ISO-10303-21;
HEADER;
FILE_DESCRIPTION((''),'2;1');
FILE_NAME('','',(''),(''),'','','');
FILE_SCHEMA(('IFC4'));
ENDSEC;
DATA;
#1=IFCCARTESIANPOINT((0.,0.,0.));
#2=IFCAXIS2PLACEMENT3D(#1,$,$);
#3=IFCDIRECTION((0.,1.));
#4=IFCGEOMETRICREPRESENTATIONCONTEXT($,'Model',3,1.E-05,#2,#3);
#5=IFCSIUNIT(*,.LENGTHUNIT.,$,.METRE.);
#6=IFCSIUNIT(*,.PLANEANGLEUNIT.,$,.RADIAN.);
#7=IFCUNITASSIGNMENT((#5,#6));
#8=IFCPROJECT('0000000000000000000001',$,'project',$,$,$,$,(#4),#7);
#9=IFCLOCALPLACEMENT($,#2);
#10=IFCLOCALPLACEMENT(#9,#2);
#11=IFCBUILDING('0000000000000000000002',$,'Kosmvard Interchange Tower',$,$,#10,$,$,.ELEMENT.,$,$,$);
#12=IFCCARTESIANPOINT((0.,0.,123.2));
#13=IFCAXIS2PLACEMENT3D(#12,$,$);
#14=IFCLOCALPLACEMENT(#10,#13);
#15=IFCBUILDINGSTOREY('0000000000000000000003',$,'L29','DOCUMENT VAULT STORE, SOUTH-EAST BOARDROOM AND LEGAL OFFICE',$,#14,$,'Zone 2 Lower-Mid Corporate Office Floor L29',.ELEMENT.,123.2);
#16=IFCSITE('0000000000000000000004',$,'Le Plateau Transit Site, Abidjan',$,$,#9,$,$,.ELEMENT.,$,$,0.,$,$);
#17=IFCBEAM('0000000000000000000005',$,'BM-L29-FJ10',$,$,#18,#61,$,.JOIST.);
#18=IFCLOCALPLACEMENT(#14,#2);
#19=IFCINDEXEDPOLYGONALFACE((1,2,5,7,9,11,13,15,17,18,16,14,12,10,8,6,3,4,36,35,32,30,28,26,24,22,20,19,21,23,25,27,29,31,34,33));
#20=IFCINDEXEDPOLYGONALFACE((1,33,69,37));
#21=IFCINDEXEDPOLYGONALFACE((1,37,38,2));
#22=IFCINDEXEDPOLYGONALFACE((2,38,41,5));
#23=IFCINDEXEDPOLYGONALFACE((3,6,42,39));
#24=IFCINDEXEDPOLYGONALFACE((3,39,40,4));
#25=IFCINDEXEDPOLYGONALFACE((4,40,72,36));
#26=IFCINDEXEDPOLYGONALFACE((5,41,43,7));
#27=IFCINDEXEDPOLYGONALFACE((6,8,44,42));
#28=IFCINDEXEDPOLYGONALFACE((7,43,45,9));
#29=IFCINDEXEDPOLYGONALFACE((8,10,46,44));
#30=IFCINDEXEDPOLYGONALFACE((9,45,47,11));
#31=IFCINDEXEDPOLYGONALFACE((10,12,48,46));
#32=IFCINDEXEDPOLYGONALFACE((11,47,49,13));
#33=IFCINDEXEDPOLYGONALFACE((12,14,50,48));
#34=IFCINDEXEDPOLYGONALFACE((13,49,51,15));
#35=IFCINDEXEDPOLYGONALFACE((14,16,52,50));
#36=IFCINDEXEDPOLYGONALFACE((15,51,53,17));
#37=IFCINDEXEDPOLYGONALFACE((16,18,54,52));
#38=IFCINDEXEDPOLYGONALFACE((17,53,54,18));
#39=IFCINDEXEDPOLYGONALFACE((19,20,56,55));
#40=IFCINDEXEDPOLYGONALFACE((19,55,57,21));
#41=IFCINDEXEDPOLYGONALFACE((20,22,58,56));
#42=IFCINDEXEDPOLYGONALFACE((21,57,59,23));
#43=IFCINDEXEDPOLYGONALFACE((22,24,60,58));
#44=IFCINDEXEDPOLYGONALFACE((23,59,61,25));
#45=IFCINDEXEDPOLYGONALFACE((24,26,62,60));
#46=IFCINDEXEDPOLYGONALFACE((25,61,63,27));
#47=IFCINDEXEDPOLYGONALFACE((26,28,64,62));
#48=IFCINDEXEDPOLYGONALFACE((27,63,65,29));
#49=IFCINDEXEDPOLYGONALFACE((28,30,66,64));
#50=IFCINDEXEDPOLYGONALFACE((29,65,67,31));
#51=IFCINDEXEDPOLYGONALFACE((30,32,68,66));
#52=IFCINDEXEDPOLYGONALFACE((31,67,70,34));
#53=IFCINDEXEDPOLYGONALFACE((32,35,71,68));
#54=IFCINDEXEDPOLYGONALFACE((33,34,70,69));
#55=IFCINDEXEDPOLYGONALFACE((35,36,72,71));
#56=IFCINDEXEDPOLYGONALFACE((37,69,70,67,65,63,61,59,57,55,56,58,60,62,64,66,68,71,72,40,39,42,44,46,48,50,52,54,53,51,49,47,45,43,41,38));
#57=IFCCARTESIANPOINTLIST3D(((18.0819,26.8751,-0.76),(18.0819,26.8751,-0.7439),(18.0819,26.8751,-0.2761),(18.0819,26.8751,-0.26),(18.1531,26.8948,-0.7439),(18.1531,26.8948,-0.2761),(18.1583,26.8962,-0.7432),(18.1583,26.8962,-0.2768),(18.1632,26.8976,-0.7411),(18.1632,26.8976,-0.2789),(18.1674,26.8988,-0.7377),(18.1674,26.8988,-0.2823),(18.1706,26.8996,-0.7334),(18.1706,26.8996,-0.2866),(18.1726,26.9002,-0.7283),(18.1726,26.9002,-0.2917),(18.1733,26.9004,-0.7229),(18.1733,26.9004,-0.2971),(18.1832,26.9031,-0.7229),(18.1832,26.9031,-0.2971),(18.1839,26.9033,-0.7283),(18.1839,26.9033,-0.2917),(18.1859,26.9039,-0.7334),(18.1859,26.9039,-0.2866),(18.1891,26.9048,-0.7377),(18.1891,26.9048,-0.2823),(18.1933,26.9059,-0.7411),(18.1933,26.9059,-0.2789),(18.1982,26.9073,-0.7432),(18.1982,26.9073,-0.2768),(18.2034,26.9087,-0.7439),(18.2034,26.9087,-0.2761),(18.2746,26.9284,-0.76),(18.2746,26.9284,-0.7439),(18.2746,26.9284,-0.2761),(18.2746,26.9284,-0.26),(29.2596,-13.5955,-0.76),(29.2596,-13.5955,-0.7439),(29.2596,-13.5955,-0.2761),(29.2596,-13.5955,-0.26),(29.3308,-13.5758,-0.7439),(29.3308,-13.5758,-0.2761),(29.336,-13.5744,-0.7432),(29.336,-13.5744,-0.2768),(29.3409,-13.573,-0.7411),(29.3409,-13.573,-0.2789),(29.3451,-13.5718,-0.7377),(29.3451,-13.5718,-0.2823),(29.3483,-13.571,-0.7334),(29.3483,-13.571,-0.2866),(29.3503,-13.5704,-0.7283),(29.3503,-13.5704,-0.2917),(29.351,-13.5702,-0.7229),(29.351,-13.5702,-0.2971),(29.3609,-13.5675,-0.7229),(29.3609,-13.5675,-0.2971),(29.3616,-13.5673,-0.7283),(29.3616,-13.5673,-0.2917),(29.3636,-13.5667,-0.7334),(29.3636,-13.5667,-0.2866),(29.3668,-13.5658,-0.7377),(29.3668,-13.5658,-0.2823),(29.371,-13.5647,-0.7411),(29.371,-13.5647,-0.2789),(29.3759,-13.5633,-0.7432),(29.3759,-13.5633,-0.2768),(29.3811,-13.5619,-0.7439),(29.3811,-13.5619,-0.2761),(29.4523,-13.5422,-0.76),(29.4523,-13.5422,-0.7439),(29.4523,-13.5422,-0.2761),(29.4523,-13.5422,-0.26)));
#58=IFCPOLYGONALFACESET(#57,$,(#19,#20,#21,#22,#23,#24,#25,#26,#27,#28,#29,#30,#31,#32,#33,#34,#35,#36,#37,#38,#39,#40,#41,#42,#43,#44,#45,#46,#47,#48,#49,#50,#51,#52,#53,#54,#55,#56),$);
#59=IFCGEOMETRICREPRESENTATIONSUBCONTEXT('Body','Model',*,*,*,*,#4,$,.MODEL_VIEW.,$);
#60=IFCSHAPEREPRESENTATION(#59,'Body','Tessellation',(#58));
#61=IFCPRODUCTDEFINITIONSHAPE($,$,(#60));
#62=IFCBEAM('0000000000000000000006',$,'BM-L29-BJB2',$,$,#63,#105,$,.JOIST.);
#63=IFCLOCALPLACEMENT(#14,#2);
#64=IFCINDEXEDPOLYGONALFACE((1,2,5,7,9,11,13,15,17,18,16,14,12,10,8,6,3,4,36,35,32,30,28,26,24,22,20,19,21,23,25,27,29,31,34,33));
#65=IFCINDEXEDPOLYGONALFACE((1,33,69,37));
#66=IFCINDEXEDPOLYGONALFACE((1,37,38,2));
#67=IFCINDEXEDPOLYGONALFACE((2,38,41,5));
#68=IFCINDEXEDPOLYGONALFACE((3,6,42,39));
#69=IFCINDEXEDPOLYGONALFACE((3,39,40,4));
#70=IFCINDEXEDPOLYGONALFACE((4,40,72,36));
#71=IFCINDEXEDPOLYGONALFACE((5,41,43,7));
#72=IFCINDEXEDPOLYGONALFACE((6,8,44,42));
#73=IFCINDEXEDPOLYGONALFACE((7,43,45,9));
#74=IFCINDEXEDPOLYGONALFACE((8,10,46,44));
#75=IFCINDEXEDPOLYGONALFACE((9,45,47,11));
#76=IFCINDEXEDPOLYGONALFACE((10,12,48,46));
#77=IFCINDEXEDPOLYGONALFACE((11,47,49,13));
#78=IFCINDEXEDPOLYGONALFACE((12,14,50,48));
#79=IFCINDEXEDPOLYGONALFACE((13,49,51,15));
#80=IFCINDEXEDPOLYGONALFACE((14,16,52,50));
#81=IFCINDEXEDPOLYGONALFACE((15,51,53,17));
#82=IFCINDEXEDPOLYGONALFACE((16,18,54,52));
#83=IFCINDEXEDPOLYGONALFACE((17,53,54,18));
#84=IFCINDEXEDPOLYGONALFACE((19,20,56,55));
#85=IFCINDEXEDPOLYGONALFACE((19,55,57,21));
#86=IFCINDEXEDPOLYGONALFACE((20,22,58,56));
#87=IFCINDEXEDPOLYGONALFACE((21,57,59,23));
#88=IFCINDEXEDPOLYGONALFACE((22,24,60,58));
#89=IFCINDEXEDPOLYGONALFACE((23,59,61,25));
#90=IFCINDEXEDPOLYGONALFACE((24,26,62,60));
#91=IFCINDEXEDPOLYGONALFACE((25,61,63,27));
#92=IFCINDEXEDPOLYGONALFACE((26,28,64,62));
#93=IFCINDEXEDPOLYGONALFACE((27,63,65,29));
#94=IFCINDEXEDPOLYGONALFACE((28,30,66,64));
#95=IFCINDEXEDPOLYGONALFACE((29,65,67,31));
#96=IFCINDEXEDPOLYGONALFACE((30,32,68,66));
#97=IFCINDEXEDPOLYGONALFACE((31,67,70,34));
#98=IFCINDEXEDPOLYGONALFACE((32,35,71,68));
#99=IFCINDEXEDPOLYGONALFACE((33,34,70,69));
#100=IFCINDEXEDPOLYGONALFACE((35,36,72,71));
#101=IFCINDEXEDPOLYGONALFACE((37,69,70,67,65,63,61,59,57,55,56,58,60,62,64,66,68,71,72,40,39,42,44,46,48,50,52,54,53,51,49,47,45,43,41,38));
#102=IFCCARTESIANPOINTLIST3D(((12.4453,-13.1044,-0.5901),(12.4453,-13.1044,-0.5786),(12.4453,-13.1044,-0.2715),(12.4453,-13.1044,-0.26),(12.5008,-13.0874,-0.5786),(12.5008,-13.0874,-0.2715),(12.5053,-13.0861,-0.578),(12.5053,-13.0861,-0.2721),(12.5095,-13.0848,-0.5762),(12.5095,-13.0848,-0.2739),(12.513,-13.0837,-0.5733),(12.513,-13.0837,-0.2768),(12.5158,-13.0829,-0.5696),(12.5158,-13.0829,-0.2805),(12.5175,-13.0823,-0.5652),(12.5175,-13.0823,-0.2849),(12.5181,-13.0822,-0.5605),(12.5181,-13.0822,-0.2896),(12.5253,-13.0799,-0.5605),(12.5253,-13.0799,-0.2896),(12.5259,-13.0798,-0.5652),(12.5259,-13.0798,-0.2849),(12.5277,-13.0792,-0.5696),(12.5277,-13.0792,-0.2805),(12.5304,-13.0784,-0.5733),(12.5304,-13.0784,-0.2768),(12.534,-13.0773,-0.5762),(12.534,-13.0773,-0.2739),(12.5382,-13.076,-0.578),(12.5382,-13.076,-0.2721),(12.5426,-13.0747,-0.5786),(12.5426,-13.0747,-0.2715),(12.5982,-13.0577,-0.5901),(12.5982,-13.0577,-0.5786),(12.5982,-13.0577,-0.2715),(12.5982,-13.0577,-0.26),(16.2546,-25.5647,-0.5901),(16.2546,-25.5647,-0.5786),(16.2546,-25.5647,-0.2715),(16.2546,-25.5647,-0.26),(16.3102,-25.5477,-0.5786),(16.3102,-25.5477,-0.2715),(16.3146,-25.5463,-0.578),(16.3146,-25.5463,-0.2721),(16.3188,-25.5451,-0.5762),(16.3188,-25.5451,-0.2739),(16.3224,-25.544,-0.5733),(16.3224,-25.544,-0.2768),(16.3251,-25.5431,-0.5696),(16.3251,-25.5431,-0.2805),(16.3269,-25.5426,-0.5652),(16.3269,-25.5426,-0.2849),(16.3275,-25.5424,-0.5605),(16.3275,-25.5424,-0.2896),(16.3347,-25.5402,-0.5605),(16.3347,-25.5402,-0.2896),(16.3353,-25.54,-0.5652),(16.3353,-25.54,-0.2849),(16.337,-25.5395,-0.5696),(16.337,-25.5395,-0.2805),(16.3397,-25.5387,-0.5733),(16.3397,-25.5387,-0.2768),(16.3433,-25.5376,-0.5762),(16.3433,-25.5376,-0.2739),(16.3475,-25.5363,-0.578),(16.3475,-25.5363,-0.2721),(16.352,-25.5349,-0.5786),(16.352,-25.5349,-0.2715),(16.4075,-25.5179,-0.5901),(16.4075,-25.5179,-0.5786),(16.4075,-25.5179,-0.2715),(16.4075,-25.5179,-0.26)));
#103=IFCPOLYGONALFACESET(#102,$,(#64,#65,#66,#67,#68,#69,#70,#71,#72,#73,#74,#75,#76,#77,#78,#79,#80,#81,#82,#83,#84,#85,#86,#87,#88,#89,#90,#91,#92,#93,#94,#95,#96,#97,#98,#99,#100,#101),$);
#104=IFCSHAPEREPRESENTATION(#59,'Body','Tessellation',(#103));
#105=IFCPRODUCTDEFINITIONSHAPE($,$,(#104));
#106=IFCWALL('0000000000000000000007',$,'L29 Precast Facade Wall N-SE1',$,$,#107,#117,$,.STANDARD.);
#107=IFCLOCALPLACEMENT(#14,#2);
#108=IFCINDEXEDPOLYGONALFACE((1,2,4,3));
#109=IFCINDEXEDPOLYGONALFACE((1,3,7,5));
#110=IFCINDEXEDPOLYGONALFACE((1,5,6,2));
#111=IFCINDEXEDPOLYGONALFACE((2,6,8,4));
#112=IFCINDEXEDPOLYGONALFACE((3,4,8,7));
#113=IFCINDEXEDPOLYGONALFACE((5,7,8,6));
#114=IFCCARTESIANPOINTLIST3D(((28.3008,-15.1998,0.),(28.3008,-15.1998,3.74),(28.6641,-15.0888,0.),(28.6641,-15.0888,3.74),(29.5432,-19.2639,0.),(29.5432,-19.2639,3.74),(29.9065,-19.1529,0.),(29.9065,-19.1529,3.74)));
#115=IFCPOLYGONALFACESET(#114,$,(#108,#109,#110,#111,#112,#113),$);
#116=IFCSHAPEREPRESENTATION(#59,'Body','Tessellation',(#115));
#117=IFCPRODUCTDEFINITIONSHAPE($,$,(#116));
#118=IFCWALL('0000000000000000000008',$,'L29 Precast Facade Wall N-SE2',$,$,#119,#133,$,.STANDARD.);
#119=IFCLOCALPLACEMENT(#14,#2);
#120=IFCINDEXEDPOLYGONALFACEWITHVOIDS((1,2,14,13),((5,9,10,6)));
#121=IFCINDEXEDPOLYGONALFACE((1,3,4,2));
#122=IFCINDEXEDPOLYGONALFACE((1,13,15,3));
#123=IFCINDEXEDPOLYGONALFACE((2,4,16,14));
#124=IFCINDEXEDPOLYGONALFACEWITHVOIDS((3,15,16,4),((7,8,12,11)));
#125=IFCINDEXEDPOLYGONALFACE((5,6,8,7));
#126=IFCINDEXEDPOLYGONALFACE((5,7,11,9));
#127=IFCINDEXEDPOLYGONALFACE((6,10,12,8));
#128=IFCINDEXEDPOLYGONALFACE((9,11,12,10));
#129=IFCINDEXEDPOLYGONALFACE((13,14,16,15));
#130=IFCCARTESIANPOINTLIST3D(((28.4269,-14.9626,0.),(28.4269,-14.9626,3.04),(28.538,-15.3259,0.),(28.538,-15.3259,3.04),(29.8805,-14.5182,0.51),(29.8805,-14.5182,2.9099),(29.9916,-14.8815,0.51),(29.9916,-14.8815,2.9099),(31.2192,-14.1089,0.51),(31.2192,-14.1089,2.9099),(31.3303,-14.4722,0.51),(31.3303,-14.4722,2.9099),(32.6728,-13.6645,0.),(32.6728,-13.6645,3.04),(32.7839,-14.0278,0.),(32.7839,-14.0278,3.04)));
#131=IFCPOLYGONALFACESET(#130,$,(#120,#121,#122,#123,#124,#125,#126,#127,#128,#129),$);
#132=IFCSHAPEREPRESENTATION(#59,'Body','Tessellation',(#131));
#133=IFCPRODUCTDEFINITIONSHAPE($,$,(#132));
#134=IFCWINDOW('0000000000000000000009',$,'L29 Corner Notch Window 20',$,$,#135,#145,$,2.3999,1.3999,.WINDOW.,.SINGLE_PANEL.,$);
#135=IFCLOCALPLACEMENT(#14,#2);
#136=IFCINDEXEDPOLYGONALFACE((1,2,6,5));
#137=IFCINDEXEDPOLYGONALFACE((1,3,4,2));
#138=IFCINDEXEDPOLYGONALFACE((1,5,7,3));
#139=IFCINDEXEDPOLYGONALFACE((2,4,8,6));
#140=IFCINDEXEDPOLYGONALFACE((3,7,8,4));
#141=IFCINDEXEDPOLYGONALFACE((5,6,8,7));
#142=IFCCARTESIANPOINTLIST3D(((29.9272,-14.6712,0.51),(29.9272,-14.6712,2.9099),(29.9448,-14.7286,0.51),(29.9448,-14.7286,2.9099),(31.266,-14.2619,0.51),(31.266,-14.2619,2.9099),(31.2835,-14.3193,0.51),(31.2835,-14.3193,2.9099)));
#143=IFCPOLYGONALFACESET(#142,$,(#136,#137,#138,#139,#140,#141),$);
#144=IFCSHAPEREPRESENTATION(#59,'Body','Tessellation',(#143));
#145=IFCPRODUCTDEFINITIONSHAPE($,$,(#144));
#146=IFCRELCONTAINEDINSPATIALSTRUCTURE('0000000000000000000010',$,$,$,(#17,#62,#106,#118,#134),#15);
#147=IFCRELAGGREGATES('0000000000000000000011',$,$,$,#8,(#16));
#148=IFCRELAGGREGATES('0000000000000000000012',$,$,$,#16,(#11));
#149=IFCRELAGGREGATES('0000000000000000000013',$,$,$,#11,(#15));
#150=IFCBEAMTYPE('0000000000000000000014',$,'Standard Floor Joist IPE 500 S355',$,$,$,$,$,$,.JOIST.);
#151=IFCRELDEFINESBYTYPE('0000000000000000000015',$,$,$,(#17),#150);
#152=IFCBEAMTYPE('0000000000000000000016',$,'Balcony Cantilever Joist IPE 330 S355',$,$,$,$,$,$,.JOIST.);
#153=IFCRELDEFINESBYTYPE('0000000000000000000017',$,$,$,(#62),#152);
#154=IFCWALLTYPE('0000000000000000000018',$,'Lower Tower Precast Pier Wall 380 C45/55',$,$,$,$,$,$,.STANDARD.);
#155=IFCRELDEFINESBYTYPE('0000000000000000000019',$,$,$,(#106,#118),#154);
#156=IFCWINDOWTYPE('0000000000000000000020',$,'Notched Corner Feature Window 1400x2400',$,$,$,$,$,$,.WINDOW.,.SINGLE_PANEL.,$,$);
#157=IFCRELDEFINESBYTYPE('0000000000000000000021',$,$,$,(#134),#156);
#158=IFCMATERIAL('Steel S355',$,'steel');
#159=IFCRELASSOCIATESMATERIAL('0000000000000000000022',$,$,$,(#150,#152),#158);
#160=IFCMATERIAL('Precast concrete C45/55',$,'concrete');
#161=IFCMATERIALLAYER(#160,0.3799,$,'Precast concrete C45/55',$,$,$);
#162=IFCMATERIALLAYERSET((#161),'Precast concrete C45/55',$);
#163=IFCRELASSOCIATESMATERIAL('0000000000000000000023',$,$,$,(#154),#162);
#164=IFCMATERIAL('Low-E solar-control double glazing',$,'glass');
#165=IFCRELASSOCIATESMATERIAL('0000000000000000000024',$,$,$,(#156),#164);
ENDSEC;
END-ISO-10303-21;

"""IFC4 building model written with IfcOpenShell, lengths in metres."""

from ifc_helpers import new_model, si_unit, direction, frame, frame_2d, origin, origin_2d, place, context, subcontext, project, spatial, rectangle, i_section, extrude, source, transform, mapped, material, layer, layer_set, material_profile, profile_set, type_object, element, fill, save


model = new_model("IFC4")

# Units and contexts
model_context = context("Model", 3, precision=1e-05, world=origin(), true_north=direction((0.0, 1.0)))
body_context = subcontext(model_context, "Body", "Model", "MODEL_VIEW")
ifc_project = project(units=[si_unit("LENGTHUNIT", "METRE"), si_unit("PLANEANGLEUNIT", "RADIAN")], contexts=[model_context])

# Site, building, storey
site_placement = place(None, origin())
site = spatial("IfcSite", under=ifc_project, at=site_placement, Name="Le Plateau Transit Site, Abidjan", CompositionType="ELEMENT", RefElevation=0.0)
building_placement = place(site_placement, origin())
building = spatial("IfcBuilding", under=site, at=building_placement, Name="Kosmvard Interchange Tower", CompositionType="ELEMENT")
storey_placement = place(building_placement, frame((0.0, 0.0, 123.2)))
storey = spatial("IfcBuildingStorey", under=building, at=storey_placement, Name="L29", Description="DOCUMENT VAULT STORE, SOUTH-EAST BOARDROOM AND LEGAL OFFICE", LongName="Zone 2 Lower-Mid Corporate Office Floor L29", CompositionType="ELEMENT", Elevation=123.2)

# Beams
ifc_material_1 = material(Name="Steel S355", Category="steel")
ifc_material_2 = material(Name="Precast concrete C45/55", Category="concrete")
ifc_material_profile_1 = material_profile(ifc_material_1, i_section(OverallWidth=0.2, OverallDepth=0.5, WebThickness=0.0103, FlangeThickness=0.0161, FilletRadius=0.021, at=origin_2d()), Name="IPE 500")
ifc_profile_set_1 = profile_set([ifc_material_profile_1], Name="Steel S355")
beam_type_1 = type_object("IfcBeamType", Name="Standard Floor Joist IPE 500 S355", PredefinedType="JOIST", material=ifc_profile_set_1)
shared_shape_1 = source(origin(), body_context, "Body", "SweptSolid", [
    extrude(i_section(OverallWidth=0.2, OverallDepth=0.5, WebThickness=0.0103, FlangeThickness=0.0161, FilletRadius=0.021, at=origin_2d()), origin(), (0.0, 0.0, 1.0), 41.9858),
])
beam_1_placement = place(storey_placement, frame((29.356, -13.5688, -0.51), z_axis=(-0.266226, 0.963911, 0.0), x_axis=(-0.963911, -0.266226, 0.0)))
element("IfcBeam", 1, at=beam_1_placement, inside=storey, type_object=beam_type_1, Name="BM-L29-FJ10", PredefinedType="JOIST", context=body_context, shape_type="MappedRepresentation", body=[
    mapped(shared_shape_1, transform((0.0, 0.0, 0.0), scale=1.0)),
])
ifc_material_profile_2 = material_profile(ifc_material_1, i_section(OverallWidth=0.1599, OverallDepth=0.3301, WebThickness=0.0076, FlangeThickness=0.0115, FilletRadius=0.0181, at=origin_2d()), Name="IPE 330")
ifc_profile_set_2 = profile_set([ifc_material_profile_2], Name="Steel S355")
beam_type_2 = type_object("IfcBeamType", Name="Balcony Cantilever Joist IPE 330 S355", PredefinedType="JOIST", material=ifc_profile_set_2)
shared_shape_2 = source(origin(), body_context, "Body", "SweptSolid", [
    extrude(i_section(OverallWidth=0.1599, OverallDepth=0.3301, WebThickness=0.0076, FlangeThickness=0.0115, FilletRadius=0.0181, at=origin_2d()), origin(), (0.0, 0.0, 1.0), 13.0295),
])
beam_2_placement = place(storey_placement, frame((12.5217, -13.0811, -0.425), z_axis=(0.292362, -0.956308, 0.0), x_axis=(0.956308, 0.292362, 0.0)))
element("IfcBeam", 2, at=beam_2_placement, inside=storey, type_object=beam_type_2, Name="BM-L29-BJB2", PredefinedType="JOIST", context=body_context, shape_type="MappedRepresentation", body=[
    mapped(shared_shape_2, transform((0.0, 0.0, 0.0), scale=1.0)),
])

# Wall
ifc_layer_1 = layer(ifc_material_2, 0.3799, Name="Precast concrete C45/55")
ifc_layer_set_1 = layer_set([ifc_layer_1], Name="Precast concrete C45/55")
wall_type_1 = type_object("IfcWallType", Name="Lower Tower Precast Pier Wall 380 C45/55", PredefinedType="STANDARD", material=ifc_layer_set_1)
wall_1_placement = place(storey_placement, frame((29.7249, -19.2085, 0.0), z_axis=(0.0, 0.0, 1.0), x_axis=(-0.292346, 0.956313, 0.0)))
element("IfcWall", 3, at=wall_1_placement, inside=storey, type_object=wall_type_1, Name="L29 Precast Facade Wall N-SE1", PredefinedType="STANDARD", context=body_context, shape_type="SweptSolid", body=[
    extrude(rectangle(XDim=4.2498, YDim=0.3799, at=frame_2d((2.125, 0.0))), origin(), (0.0, 0.0, 1.0), 3.74),
])

# Wall, opening, window
wall_2_placement = place(storey_placement, frame((28.4824, -15.1443, 0.0), z_axis=(0.0, 0.0, 1.0), x_axis=(0.956304, 0.292374, 0.0)))
wall_2 = element("IfcWall", 4, at=wall_2_placement, inside=storey, type_object=wall_type_1, Name="L29 Precast Facade Wall N-SE2", PredefinedType="STANDARD", context=body_context, shape_type="SweptSolid", body=[
    extrude(rectangle(XDim=4.4399, YDim=0.3799, at=frame_2d((2.22, 0.0))), origin(), (0.0, 0.0, 1.0), 3.04),
])
opening_1_placement = place(wall_2_placement, frame((1.52, 0.0, 0.51)))
opening_1 = element("IfcOpeningElement", 5, at=opening_1_placement, cuts=wall_2, PredefinedType="OPENING", context=body_context, shape_type="SweptSolid", body=[
    extrude(rectangle(XDim=1.3999, YDim=2.3999, at=frame_2d((0.7, 1.2))), frame((0.0, 0.2, 0.0), z_axis=(0.0, -1.0, 0.0), x_axis=(1.0, 0.0, 0.0)), (0.0, 0.0, 1.0), 0.3999),
])
ifc_material_3 = material(Name="Low-E solar-control double glazing", Category="glass")
window_type_1 = type_object("IfcWindowType", Name="Notched Corner Feature Window 1400x2400", PartitioningType="SINGLE_PANEL", PredefinedType="WINDOW", material=ifc_material_3)
shared_shape_3 = source(origin(), body_context, "Body", "SweptSolid", [
    extrude(rectangle(XDim=1.3999, YDim=2.3999, at=frame_2d((0.7, 1.2))), frame((0.0, 0.03, 0.0), z_axis=(0.0, -1.0, 0.0), x_axis=(1.0, 0.0, 0.0)), (0.0, 0.0, 1.0), 0.0601),
])
window_1_placement = place(opening_1_placement, origin())
window_1 = element("IfcWindow", 6, at=window_1_placement, inside=storey, type_object=window_type_1, Name="L29 Corner Notch Window 20", OverallHeight=2.3999, OverallWidth=1.3999, PartitioningType="SINGLE_PANEL", PredefinedType="WINDOW", context=body_context, shape_type="MappedRepresentation", body=[
    mapped(shared_shape_3, transform((0.0, 0.0, 0.0), scale=1.0)),
])
fill(opening_1, window_1)

save(model, "model.ifc")
